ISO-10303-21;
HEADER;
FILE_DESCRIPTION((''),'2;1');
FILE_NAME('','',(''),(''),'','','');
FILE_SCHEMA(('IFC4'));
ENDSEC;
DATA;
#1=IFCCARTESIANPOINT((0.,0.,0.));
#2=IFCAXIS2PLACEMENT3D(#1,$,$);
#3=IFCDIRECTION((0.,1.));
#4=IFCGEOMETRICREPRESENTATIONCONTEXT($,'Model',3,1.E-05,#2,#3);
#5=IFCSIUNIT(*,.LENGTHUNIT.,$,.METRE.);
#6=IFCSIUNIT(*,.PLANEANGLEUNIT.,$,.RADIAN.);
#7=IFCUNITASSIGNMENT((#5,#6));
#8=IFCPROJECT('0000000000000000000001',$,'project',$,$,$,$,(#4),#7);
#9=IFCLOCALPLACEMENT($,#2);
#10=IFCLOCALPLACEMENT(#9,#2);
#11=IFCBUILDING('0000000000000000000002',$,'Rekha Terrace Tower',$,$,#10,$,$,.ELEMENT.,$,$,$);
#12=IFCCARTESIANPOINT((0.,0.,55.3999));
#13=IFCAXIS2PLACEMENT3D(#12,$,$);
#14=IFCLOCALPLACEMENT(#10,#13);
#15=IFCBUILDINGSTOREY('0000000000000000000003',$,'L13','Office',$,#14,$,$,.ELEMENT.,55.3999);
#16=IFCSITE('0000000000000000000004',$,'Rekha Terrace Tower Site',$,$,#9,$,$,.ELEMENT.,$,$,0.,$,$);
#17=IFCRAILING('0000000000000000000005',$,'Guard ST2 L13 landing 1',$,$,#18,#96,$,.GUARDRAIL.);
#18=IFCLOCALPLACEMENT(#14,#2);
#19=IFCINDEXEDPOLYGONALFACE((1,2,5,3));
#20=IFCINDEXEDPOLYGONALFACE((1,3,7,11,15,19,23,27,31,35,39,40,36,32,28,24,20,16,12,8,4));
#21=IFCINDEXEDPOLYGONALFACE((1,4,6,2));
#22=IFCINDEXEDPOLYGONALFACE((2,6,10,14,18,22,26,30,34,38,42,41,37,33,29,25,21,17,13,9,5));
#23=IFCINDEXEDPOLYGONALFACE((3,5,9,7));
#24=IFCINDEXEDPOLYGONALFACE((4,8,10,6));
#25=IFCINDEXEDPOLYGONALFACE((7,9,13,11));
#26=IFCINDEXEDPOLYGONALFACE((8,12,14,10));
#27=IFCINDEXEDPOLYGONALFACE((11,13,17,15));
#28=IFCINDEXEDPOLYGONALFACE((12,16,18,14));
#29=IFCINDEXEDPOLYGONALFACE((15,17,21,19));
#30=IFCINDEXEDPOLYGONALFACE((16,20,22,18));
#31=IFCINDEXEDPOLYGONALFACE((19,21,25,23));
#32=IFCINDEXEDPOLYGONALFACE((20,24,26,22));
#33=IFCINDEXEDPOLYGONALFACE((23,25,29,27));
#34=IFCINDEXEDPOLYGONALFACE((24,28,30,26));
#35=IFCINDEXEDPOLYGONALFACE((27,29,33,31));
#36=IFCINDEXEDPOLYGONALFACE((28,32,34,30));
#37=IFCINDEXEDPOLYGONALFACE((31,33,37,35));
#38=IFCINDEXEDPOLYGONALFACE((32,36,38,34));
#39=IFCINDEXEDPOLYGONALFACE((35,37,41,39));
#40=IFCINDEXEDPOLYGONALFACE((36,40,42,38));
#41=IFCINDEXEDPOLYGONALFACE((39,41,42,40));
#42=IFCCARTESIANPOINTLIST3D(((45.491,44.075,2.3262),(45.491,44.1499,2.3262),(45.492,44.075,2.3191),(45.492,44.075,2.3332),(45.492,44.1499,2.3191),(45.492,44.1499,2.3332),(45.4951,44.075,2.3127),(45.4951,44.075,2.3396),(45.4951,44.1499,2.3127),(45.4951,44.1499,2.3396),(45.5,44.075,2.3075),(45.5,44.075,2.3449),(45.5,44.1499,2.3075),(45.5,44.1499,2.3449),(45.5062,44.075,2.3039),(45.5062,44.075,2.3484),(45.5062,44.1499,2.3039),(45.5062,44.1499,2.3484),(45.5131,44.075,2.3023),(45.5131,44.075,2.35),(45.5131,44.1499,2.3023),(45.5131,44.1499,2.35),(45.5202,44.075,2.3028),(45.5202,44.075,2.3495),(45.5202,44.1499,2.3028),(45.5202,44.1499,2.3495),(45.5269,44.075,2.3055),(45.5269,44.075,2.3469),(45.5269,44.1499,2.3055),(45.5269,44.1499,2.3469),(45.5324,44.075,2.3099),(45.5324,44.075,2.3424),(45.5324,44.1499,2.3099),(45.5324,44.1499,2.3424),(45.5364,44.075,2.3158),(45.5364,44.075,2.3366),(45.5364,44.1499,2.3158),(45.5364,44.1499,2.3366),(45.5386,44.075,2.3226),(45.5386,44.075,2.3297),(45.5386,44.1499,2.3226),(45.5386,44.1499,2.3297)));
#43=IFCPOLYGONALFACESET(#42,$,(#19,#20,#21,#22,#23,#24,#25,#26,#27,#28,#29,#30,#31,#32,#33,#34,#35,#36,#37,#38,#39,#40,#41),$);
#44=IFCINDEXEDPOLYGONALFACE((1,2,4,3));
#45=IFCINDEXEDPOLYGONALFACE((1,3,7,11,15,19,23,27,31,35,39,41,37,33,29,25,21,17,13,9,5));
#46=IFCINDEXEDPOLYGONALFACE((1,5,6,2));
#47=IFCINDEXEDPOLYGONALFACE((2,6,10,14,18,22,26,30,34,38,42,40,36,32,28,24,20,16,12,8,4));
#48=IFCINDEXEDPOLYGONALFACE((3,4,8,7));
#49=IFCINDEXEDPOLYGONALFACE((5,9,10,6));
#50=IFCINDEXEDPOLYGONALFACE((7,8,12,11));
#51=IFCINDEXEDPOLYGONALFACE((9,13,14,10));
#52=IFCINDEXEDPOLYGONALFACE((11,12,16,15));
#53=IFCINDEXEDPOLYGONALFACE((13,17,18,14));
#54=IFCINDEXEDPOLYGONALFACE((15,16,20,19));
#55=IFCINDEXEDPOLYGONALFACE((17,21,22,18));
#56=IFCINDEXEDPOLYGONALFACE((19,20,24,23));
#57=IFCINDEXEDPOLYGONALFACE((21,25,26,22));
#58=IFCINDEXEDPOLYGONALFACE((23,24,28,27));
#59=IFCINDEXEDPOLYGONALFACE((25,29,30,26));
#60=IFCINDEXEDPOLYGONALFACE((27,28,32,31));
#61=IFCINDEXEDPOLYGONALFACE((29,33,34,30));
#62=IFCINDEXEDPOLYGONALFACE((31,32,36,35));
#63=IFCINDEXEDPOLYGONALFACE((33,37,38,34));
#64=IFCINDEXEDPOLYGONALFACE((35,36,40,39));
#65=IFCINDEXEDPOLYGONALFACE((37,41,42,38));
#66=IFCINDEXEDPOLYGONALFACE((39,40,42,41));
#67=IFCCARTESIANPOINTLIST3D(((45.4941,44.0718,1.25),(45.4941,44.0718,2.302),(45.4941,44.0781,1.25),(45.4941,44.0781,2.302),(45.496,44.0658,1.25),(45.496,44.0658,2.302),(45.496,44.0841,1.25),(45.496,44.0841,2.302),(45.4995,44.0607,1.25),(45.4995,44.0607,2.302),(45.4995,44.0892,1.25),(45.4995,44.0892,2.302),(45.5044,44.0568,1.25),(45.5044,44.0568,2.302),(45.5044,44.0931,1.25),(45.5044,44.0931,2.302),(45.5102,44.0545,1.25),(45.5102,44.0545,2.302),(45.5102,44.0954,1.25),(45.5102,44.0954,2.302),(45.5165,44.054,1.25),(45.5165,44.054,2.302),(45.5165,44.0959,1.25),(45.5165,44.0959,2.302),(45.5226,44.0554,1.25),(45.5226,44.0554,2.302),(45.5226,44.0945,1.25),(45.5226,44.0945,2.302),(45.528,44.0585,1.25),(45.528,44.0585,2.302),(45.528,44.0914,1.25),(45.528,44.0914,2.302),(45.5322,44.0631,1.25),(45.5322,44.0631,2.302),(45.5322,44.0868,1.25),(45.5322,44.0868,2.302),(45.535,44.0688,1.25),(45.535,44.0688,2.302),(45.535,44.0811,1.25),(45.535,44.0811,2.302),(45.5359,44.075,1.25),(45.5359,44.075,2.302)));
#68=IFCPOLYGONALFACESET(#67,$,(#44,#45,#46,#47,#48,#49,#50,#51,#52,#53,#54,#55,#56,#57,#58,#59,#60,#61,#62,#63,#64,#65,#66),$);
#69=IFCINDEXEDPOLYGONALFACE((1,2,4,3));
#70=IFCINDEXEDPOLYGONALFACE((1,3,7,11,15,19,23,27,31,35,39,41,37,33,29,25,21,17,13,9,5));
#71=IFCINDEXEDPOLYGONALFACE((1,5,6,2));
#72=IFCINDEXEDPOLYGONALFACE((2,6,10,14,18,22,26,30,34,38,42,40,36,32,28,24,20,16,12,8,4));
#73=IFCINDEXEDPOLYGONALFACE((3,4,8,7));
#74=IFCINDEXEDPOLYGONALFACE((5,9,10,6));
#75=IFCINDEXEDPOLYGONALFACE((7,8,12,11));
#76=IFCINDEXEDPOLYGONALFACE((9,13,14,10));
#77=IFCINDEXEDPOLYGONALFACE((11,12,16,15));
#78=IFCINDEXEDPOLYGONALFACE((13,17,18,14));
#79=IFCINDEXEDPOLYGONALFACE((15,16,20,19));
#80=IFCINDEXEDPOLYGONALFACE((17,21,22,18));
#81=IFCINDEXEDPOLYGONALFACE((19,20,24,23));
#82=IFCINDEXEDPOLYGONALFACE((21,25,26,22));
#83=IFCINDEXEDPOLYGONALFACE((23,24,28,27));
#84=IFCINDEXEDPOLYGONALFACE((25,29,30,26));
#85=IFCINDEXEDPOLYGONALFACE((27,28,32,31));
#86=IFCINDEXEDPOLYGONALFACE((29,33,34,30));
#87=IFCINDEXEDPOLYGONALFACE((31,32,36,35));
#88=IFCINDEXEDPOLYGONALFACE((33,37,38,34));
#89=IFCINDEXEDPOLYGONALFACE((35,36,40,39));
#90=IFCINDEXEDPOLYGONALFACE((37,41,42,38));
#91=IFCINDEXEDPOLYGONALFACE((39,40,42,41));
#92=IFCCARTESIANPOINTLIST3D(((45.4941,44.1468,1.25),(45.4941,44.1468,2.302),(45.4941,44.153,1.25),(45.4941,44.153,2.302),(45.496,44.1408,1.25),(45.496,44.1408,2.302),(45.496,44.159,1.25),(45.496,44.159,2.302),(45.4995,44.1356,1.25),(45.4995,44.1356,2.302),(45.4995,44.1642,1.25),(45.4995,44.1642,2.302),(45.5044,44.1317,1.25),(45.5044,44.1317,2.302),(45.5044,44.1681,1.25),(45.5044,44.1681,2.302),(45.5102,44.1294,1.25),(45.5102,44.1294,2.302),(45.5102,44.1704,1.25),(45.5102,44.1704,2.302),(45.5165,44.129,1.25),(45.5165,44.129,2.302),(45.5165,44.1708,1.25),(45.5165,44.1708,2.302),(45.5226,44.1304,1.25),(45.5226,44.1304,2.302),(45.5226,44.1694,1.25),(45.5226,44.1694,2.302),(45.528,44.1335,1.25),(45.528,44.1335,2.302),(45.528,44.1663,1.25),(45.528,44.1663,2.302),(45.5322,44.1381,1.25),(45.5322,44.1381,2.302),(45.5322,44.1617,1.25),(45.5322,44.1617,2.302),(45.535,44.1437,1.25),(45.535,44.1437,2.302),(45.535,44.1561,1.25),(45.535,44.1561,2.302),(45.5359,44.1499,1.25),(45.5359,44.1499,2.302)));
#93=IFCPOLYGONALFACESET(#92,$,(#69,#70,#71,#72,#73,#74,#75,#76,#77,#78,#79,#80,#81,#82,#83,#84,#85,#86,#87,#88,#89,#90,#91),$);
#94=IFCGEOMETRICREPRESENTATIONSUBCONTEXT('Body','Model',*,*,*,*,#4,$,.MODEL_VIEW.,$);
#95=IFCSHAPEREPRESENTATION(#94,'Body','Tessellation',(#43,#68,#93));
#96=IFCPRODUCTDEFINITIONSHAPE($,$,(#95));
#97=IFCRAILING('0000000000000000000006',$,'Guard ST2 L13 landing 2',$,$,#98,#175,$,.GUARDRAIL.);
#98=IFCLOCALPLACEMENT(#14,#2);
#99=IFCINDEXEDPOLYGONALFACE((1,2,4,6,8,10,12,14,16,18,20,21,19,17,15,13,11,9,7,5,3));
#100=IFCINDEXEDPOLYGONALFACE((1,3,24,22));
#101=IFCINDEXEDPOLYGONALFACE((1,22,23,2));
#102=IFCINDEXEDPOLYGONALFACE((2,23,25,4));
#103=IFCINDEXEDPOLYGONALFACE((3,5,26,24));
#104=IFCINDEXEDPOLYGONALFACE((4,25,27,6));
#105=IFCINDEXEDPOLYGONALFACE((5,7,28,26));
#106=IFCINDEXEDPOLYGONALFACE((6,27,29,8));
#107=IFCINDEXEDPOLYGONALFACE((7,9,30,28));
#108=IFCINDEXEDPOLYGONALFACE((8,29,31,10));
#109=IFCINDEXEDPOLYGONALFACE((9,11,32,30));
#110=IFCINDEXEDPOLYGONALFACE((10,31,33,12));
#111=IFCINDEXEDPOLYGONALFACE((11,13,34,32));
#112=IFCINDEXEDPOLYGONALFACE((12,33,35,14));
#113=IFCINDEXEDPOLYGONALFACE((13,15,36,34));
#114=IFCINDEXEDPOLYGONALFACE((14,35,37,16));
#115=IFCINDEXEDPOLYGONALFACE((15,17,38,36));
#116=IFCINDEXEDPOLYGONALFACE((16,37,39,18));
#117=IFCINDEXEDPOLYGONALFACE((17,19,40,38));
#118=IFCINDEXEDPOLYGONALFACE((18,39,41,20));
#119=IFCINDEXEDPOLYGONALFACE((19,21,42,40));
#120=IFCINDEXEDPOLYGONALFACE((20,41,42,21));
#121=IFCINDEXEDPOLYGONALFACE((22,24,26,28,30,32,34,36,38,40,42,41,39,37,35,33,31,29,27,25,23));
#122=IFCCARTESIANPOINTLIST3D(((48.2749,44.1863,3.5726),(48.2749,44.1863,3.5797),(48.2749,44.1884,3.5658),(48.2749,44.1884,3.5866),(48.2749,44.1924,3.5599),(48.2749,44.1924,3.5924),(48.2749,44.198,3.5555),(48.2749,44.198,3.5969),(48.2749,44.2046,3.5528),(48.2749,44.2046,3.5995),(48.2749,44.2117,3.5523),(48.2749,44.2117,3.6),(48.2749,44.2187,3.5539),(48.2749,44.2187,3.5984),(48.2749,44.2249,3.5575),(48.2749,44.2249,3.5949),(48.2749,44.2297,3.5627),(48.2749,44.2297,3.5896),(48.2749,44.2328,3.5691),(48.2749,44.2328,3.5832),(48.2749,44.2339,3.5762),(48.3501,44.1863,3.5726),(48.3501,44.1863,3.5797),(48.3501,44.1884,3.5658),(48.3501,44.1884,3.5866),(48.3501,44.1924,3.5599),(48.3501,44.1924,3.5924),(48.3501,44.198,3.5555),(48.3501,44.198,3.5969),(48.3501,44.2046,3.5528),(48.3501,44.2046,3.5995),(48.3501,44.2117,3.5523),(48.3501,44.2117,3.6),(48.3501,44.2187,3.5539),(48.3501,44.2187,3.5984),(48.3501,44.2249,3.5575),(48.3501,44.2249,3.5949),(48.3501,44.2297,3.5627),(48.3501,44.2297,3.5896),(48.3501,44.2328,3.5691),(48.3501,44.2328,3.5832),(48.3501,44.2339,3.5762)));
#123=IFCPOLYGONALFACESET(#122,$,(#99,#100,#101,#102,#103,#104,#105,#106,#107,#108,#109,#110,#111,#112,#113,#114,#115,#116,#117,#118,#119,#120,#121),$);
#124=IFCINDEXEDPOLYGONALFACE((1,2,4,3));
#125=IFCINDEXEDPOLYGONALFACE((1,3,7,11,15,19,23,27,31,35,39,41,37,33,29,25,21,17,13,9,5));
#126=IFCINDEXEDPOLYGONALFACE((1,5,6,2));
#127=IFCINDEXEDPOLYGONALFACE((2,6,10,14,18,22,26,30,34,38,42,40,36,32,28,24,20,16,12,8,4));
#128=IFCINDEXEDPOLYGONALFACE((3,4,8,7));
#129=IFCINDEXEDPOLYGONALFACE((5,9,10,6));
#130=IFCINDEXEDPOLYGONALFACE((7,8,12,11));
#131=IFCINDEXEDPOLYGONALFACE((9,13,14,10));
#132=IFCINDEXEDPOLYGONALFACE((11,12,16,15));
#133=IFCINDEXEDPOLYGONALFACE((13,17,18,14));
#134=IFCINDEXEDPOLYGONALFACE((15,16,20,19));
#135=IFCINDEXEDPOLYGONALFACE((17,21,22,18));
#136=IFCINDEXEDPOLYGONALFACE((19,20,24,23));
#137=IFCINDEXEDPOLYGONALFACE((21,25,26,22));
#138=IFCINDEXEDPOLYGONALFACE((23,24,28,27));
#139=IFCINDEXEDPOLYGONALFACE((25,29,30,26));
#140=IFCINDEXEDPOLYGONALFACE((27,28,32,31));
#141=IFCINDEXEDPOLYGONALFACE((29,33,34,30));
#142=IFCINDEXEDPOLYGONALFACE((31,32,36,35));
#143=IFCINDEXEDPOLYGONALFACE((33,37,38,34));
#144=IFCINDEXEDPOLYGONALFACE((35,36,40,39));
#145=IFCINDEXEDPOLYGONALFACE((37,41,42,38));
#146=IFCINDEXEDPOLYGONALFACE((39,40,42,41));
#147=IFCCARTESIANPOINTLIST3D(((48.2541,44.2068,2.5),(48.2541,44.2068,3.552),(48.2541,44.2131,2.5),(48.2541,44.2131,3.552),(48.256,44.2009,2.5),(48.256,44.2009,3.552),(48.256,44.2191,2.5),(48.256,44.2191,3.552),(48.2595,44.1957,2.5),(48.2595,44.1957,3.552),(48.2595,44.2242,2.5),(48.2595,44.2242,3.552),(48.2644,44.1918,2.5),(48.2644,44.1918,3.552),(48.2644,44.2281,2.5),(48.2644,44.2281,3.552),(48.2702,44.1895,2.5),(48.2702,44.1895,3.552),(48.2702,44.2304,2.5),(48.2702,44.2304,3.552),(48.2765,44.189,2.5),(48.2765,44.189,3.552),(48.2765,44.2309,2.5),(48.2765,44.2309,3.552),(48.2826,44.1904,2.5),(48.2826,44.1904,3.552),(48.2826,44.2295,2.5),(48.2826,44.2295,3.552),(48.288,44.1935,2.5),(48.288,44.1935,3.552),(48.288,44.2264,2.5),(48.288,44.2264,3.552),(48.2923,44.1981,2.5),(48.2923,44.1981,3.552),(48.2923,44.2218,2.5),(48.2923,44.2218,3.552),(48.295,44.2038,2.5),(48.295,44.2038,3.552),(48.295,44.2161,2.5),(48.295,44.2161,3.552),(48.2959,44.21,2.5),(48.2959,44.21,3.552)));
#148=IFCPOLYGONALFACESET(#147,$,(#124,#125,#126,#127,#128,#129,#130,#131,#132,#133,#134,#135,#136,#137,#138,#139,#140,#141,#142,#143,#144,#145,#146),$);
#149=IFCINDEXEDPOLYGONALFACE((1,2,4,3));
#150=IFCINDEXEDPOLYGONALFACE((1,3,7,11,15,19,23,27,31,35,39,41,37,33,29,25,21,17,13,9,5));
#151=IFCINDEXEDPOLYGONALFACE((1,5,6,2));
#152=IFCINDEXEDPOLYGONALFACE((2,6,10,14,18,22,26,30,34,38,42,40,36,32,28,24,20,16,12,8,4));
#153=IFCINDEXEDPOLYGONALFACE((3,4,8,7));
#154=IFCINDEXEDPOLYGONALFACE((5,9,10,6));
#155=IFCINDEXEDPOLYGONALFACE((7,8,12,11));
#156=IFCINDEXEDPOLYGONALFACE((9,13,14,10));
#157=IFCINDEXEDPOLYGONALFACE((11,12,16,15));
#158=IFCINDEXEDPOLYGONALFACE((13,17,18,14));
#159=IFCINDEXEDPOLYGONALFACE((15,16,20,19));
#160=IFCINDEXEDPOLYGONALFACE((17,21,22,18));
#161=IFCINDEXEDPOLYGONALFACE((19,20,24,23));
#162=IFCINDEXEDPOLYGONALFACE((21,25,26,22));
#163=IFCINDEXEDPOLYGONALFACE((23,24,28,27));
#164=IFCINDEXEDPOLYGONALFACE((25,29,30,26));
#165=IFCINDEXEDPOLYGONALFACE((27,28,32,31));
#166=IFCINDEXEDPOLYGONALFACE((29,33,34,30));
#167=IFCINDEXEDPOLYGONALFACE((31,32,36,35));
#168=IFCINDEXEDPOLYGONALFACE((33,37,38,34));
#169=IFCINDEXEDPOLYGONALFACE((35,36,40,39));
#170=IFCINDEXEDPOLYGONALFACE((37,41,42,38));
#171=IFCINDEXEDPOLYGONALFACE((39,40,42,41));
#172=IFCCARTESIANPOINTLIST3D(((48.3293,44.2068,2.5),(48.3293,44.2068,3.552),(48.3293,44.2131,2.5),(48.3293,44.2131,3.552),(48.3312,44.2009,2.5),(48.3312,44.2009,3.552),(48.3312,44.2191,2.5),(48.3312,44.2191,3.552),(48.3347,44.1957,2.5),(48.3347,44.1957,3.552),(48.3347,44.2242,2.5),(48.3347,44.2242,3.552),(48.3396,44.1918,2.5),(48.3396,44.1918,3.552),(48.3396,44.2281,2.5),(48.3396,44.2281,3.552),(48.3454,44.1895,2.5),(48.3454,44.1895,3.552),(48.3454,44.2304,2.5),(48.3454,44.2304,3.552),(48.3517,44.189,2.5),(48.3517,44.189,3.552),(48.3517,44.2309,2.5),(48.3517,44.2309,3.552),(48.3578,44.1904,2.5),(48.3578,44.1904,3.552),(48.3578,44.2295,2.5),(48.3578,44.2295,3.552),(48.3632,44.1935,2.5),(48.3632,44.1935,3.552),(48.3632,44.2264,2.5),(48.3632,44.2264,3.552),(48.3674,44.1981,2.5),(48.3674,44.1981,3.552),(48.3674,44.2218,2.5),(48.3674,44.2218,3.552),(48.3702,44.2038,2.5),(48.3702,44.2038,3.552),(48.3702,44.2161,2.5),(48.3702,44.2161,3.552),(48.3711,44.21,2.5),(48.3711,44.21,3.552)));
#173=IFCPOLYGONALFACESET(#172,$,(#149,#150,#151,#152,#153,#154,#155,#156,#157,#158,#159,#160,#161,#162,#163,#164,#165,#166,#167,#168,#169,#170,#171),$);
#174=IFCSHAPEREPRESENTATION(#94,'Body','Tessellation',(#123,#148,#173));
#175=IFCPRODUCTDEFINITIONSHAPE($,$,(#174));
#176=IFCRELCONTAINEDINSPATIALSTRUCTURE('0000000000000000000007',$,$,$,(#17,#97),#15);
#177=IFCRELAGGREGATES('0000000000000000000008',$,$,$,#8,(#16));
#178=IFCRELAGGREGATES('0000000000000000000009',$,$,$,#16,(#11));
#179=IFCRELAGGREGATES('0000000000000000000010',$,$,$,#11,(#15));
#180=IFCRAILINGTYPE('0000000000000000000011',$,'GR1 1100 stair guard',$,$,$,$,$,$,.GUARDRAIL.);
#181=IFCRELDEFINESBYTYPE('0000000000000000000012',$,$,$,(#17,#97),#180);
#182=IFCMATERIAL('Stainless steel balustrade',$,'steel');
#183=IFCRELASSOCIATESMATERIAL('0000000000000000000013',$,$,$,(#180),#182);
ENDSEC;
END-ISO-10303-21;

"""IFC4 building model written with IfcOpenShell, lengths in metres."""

from ifc_helpers import new_model, si_unit, direction, frame, origin, origin_2d, place, context, subcontext, project, spatial, circle, extrude, material, type_object, element, save


model = new_model("IFC4")

# Units and contexts
model_context = context("Model", 3, precision=1e-05, world=origin(), true_north=direction((0.0, 1.0)))
body_context = subcontext(model_context, "Body", "Model", "MODEL_VIEW")
ifc_project = project(units=[si_unit("LENGTHUNIT", "METRE"), si_unit("PLANEANGLEUNIT", "RADIAN")], contexts=[model_context])

# Site, building, storey
site_placement = place(None, origin())
site = spatial("IfcSite", under=ifc_project, at=site_placement, Name="Rekha Terrace Tower Site", CompositionType="ELEMENT", RefElevation=0.0)
building_placement = place(site_placement, origin())
building = spatial("IfcBuilding", under=site, at=building_placement, Name="Rekha Terrace Tower", CompositionType="ELEMENT")
storey_placement = place(building_placement, frame((0.0, 0.0, 55.3999)))
storey = spatial("IfcBuildingStorey", under=building, at=storey_placement, Name="L13", Description="Office", CompositionType="ELEMENT", Elevation=55.3999)

# Railings
ifc_material_1 = material(Name="Stainless steel balustrade", Category="steel")
railing_type_1 = type_object("IfcRailingType", Name="GR1 1100 stair guard", PredefinedType="GUARDRAIL", material=ifc_material_1)
railing_1_placement = place(storey_placement, frame((45.5149, 44.075, 1.25)))
element("IfcRailing", 1, at=railing_1_placement, inside=storey, type_object=railing_type_1, Name="Guard ST2 L13 landing 1", PredefinedType="GUARDRAIL", context=body_context, shape_type="SweptSolid", body=[
    extrude(circle(Radius=0.0239, at=origin_2d()), frame((0.0, 0.0, 1.0762), z_axis=(0.0, 1.0, 0.0), x_axis=(-1.0, 0.0, 0.0)), (0.0, 0.0, 1.0), 0.075),
    extrude(circle(Radius=0.021, at=origin_2d()), origin(), (0.0, 0.0, 1.0), 1.052),
    extrude(circle(Radius=0.021, at=origin_2d()), frame((0.0, 0.075, 0.0)), (0.0, 0.0, 1.0), 1.052),
])
railing_2_placement = place(storey_placement, frame((48.2749, 44.21, 2.5)))
element("IfcRailing", 2, at=railing_2_placement, inside=storey, type_object=railing_type_1, Name="Guard ST2 L13 landing 2", PredefinedType="GUARDRAIL", context=body_context, shape_type="SweptSolid", body=[
    extrude(circle(Radius=0.0239, at=origin_2d()), frame((0.0, 0.0, 1.0762), z_axis=(1.0, 0.0, 0.0), x_axis=(0.0, 1.0, 0.0)), (0.0, 0.0, 1.0), 0.0752),
    extrude(circle(Radius=0.021, at=origin_2d()), origin(), (0.0, 0.0, 1.0), 1.052),
    extrude(circle(Radius=0.021, at=origin_2d()), frame((0.0752, 0.0, 0.0)), (0.0, 0.0, 1.0), 1.052),
])

save(model, "model.ifc")
